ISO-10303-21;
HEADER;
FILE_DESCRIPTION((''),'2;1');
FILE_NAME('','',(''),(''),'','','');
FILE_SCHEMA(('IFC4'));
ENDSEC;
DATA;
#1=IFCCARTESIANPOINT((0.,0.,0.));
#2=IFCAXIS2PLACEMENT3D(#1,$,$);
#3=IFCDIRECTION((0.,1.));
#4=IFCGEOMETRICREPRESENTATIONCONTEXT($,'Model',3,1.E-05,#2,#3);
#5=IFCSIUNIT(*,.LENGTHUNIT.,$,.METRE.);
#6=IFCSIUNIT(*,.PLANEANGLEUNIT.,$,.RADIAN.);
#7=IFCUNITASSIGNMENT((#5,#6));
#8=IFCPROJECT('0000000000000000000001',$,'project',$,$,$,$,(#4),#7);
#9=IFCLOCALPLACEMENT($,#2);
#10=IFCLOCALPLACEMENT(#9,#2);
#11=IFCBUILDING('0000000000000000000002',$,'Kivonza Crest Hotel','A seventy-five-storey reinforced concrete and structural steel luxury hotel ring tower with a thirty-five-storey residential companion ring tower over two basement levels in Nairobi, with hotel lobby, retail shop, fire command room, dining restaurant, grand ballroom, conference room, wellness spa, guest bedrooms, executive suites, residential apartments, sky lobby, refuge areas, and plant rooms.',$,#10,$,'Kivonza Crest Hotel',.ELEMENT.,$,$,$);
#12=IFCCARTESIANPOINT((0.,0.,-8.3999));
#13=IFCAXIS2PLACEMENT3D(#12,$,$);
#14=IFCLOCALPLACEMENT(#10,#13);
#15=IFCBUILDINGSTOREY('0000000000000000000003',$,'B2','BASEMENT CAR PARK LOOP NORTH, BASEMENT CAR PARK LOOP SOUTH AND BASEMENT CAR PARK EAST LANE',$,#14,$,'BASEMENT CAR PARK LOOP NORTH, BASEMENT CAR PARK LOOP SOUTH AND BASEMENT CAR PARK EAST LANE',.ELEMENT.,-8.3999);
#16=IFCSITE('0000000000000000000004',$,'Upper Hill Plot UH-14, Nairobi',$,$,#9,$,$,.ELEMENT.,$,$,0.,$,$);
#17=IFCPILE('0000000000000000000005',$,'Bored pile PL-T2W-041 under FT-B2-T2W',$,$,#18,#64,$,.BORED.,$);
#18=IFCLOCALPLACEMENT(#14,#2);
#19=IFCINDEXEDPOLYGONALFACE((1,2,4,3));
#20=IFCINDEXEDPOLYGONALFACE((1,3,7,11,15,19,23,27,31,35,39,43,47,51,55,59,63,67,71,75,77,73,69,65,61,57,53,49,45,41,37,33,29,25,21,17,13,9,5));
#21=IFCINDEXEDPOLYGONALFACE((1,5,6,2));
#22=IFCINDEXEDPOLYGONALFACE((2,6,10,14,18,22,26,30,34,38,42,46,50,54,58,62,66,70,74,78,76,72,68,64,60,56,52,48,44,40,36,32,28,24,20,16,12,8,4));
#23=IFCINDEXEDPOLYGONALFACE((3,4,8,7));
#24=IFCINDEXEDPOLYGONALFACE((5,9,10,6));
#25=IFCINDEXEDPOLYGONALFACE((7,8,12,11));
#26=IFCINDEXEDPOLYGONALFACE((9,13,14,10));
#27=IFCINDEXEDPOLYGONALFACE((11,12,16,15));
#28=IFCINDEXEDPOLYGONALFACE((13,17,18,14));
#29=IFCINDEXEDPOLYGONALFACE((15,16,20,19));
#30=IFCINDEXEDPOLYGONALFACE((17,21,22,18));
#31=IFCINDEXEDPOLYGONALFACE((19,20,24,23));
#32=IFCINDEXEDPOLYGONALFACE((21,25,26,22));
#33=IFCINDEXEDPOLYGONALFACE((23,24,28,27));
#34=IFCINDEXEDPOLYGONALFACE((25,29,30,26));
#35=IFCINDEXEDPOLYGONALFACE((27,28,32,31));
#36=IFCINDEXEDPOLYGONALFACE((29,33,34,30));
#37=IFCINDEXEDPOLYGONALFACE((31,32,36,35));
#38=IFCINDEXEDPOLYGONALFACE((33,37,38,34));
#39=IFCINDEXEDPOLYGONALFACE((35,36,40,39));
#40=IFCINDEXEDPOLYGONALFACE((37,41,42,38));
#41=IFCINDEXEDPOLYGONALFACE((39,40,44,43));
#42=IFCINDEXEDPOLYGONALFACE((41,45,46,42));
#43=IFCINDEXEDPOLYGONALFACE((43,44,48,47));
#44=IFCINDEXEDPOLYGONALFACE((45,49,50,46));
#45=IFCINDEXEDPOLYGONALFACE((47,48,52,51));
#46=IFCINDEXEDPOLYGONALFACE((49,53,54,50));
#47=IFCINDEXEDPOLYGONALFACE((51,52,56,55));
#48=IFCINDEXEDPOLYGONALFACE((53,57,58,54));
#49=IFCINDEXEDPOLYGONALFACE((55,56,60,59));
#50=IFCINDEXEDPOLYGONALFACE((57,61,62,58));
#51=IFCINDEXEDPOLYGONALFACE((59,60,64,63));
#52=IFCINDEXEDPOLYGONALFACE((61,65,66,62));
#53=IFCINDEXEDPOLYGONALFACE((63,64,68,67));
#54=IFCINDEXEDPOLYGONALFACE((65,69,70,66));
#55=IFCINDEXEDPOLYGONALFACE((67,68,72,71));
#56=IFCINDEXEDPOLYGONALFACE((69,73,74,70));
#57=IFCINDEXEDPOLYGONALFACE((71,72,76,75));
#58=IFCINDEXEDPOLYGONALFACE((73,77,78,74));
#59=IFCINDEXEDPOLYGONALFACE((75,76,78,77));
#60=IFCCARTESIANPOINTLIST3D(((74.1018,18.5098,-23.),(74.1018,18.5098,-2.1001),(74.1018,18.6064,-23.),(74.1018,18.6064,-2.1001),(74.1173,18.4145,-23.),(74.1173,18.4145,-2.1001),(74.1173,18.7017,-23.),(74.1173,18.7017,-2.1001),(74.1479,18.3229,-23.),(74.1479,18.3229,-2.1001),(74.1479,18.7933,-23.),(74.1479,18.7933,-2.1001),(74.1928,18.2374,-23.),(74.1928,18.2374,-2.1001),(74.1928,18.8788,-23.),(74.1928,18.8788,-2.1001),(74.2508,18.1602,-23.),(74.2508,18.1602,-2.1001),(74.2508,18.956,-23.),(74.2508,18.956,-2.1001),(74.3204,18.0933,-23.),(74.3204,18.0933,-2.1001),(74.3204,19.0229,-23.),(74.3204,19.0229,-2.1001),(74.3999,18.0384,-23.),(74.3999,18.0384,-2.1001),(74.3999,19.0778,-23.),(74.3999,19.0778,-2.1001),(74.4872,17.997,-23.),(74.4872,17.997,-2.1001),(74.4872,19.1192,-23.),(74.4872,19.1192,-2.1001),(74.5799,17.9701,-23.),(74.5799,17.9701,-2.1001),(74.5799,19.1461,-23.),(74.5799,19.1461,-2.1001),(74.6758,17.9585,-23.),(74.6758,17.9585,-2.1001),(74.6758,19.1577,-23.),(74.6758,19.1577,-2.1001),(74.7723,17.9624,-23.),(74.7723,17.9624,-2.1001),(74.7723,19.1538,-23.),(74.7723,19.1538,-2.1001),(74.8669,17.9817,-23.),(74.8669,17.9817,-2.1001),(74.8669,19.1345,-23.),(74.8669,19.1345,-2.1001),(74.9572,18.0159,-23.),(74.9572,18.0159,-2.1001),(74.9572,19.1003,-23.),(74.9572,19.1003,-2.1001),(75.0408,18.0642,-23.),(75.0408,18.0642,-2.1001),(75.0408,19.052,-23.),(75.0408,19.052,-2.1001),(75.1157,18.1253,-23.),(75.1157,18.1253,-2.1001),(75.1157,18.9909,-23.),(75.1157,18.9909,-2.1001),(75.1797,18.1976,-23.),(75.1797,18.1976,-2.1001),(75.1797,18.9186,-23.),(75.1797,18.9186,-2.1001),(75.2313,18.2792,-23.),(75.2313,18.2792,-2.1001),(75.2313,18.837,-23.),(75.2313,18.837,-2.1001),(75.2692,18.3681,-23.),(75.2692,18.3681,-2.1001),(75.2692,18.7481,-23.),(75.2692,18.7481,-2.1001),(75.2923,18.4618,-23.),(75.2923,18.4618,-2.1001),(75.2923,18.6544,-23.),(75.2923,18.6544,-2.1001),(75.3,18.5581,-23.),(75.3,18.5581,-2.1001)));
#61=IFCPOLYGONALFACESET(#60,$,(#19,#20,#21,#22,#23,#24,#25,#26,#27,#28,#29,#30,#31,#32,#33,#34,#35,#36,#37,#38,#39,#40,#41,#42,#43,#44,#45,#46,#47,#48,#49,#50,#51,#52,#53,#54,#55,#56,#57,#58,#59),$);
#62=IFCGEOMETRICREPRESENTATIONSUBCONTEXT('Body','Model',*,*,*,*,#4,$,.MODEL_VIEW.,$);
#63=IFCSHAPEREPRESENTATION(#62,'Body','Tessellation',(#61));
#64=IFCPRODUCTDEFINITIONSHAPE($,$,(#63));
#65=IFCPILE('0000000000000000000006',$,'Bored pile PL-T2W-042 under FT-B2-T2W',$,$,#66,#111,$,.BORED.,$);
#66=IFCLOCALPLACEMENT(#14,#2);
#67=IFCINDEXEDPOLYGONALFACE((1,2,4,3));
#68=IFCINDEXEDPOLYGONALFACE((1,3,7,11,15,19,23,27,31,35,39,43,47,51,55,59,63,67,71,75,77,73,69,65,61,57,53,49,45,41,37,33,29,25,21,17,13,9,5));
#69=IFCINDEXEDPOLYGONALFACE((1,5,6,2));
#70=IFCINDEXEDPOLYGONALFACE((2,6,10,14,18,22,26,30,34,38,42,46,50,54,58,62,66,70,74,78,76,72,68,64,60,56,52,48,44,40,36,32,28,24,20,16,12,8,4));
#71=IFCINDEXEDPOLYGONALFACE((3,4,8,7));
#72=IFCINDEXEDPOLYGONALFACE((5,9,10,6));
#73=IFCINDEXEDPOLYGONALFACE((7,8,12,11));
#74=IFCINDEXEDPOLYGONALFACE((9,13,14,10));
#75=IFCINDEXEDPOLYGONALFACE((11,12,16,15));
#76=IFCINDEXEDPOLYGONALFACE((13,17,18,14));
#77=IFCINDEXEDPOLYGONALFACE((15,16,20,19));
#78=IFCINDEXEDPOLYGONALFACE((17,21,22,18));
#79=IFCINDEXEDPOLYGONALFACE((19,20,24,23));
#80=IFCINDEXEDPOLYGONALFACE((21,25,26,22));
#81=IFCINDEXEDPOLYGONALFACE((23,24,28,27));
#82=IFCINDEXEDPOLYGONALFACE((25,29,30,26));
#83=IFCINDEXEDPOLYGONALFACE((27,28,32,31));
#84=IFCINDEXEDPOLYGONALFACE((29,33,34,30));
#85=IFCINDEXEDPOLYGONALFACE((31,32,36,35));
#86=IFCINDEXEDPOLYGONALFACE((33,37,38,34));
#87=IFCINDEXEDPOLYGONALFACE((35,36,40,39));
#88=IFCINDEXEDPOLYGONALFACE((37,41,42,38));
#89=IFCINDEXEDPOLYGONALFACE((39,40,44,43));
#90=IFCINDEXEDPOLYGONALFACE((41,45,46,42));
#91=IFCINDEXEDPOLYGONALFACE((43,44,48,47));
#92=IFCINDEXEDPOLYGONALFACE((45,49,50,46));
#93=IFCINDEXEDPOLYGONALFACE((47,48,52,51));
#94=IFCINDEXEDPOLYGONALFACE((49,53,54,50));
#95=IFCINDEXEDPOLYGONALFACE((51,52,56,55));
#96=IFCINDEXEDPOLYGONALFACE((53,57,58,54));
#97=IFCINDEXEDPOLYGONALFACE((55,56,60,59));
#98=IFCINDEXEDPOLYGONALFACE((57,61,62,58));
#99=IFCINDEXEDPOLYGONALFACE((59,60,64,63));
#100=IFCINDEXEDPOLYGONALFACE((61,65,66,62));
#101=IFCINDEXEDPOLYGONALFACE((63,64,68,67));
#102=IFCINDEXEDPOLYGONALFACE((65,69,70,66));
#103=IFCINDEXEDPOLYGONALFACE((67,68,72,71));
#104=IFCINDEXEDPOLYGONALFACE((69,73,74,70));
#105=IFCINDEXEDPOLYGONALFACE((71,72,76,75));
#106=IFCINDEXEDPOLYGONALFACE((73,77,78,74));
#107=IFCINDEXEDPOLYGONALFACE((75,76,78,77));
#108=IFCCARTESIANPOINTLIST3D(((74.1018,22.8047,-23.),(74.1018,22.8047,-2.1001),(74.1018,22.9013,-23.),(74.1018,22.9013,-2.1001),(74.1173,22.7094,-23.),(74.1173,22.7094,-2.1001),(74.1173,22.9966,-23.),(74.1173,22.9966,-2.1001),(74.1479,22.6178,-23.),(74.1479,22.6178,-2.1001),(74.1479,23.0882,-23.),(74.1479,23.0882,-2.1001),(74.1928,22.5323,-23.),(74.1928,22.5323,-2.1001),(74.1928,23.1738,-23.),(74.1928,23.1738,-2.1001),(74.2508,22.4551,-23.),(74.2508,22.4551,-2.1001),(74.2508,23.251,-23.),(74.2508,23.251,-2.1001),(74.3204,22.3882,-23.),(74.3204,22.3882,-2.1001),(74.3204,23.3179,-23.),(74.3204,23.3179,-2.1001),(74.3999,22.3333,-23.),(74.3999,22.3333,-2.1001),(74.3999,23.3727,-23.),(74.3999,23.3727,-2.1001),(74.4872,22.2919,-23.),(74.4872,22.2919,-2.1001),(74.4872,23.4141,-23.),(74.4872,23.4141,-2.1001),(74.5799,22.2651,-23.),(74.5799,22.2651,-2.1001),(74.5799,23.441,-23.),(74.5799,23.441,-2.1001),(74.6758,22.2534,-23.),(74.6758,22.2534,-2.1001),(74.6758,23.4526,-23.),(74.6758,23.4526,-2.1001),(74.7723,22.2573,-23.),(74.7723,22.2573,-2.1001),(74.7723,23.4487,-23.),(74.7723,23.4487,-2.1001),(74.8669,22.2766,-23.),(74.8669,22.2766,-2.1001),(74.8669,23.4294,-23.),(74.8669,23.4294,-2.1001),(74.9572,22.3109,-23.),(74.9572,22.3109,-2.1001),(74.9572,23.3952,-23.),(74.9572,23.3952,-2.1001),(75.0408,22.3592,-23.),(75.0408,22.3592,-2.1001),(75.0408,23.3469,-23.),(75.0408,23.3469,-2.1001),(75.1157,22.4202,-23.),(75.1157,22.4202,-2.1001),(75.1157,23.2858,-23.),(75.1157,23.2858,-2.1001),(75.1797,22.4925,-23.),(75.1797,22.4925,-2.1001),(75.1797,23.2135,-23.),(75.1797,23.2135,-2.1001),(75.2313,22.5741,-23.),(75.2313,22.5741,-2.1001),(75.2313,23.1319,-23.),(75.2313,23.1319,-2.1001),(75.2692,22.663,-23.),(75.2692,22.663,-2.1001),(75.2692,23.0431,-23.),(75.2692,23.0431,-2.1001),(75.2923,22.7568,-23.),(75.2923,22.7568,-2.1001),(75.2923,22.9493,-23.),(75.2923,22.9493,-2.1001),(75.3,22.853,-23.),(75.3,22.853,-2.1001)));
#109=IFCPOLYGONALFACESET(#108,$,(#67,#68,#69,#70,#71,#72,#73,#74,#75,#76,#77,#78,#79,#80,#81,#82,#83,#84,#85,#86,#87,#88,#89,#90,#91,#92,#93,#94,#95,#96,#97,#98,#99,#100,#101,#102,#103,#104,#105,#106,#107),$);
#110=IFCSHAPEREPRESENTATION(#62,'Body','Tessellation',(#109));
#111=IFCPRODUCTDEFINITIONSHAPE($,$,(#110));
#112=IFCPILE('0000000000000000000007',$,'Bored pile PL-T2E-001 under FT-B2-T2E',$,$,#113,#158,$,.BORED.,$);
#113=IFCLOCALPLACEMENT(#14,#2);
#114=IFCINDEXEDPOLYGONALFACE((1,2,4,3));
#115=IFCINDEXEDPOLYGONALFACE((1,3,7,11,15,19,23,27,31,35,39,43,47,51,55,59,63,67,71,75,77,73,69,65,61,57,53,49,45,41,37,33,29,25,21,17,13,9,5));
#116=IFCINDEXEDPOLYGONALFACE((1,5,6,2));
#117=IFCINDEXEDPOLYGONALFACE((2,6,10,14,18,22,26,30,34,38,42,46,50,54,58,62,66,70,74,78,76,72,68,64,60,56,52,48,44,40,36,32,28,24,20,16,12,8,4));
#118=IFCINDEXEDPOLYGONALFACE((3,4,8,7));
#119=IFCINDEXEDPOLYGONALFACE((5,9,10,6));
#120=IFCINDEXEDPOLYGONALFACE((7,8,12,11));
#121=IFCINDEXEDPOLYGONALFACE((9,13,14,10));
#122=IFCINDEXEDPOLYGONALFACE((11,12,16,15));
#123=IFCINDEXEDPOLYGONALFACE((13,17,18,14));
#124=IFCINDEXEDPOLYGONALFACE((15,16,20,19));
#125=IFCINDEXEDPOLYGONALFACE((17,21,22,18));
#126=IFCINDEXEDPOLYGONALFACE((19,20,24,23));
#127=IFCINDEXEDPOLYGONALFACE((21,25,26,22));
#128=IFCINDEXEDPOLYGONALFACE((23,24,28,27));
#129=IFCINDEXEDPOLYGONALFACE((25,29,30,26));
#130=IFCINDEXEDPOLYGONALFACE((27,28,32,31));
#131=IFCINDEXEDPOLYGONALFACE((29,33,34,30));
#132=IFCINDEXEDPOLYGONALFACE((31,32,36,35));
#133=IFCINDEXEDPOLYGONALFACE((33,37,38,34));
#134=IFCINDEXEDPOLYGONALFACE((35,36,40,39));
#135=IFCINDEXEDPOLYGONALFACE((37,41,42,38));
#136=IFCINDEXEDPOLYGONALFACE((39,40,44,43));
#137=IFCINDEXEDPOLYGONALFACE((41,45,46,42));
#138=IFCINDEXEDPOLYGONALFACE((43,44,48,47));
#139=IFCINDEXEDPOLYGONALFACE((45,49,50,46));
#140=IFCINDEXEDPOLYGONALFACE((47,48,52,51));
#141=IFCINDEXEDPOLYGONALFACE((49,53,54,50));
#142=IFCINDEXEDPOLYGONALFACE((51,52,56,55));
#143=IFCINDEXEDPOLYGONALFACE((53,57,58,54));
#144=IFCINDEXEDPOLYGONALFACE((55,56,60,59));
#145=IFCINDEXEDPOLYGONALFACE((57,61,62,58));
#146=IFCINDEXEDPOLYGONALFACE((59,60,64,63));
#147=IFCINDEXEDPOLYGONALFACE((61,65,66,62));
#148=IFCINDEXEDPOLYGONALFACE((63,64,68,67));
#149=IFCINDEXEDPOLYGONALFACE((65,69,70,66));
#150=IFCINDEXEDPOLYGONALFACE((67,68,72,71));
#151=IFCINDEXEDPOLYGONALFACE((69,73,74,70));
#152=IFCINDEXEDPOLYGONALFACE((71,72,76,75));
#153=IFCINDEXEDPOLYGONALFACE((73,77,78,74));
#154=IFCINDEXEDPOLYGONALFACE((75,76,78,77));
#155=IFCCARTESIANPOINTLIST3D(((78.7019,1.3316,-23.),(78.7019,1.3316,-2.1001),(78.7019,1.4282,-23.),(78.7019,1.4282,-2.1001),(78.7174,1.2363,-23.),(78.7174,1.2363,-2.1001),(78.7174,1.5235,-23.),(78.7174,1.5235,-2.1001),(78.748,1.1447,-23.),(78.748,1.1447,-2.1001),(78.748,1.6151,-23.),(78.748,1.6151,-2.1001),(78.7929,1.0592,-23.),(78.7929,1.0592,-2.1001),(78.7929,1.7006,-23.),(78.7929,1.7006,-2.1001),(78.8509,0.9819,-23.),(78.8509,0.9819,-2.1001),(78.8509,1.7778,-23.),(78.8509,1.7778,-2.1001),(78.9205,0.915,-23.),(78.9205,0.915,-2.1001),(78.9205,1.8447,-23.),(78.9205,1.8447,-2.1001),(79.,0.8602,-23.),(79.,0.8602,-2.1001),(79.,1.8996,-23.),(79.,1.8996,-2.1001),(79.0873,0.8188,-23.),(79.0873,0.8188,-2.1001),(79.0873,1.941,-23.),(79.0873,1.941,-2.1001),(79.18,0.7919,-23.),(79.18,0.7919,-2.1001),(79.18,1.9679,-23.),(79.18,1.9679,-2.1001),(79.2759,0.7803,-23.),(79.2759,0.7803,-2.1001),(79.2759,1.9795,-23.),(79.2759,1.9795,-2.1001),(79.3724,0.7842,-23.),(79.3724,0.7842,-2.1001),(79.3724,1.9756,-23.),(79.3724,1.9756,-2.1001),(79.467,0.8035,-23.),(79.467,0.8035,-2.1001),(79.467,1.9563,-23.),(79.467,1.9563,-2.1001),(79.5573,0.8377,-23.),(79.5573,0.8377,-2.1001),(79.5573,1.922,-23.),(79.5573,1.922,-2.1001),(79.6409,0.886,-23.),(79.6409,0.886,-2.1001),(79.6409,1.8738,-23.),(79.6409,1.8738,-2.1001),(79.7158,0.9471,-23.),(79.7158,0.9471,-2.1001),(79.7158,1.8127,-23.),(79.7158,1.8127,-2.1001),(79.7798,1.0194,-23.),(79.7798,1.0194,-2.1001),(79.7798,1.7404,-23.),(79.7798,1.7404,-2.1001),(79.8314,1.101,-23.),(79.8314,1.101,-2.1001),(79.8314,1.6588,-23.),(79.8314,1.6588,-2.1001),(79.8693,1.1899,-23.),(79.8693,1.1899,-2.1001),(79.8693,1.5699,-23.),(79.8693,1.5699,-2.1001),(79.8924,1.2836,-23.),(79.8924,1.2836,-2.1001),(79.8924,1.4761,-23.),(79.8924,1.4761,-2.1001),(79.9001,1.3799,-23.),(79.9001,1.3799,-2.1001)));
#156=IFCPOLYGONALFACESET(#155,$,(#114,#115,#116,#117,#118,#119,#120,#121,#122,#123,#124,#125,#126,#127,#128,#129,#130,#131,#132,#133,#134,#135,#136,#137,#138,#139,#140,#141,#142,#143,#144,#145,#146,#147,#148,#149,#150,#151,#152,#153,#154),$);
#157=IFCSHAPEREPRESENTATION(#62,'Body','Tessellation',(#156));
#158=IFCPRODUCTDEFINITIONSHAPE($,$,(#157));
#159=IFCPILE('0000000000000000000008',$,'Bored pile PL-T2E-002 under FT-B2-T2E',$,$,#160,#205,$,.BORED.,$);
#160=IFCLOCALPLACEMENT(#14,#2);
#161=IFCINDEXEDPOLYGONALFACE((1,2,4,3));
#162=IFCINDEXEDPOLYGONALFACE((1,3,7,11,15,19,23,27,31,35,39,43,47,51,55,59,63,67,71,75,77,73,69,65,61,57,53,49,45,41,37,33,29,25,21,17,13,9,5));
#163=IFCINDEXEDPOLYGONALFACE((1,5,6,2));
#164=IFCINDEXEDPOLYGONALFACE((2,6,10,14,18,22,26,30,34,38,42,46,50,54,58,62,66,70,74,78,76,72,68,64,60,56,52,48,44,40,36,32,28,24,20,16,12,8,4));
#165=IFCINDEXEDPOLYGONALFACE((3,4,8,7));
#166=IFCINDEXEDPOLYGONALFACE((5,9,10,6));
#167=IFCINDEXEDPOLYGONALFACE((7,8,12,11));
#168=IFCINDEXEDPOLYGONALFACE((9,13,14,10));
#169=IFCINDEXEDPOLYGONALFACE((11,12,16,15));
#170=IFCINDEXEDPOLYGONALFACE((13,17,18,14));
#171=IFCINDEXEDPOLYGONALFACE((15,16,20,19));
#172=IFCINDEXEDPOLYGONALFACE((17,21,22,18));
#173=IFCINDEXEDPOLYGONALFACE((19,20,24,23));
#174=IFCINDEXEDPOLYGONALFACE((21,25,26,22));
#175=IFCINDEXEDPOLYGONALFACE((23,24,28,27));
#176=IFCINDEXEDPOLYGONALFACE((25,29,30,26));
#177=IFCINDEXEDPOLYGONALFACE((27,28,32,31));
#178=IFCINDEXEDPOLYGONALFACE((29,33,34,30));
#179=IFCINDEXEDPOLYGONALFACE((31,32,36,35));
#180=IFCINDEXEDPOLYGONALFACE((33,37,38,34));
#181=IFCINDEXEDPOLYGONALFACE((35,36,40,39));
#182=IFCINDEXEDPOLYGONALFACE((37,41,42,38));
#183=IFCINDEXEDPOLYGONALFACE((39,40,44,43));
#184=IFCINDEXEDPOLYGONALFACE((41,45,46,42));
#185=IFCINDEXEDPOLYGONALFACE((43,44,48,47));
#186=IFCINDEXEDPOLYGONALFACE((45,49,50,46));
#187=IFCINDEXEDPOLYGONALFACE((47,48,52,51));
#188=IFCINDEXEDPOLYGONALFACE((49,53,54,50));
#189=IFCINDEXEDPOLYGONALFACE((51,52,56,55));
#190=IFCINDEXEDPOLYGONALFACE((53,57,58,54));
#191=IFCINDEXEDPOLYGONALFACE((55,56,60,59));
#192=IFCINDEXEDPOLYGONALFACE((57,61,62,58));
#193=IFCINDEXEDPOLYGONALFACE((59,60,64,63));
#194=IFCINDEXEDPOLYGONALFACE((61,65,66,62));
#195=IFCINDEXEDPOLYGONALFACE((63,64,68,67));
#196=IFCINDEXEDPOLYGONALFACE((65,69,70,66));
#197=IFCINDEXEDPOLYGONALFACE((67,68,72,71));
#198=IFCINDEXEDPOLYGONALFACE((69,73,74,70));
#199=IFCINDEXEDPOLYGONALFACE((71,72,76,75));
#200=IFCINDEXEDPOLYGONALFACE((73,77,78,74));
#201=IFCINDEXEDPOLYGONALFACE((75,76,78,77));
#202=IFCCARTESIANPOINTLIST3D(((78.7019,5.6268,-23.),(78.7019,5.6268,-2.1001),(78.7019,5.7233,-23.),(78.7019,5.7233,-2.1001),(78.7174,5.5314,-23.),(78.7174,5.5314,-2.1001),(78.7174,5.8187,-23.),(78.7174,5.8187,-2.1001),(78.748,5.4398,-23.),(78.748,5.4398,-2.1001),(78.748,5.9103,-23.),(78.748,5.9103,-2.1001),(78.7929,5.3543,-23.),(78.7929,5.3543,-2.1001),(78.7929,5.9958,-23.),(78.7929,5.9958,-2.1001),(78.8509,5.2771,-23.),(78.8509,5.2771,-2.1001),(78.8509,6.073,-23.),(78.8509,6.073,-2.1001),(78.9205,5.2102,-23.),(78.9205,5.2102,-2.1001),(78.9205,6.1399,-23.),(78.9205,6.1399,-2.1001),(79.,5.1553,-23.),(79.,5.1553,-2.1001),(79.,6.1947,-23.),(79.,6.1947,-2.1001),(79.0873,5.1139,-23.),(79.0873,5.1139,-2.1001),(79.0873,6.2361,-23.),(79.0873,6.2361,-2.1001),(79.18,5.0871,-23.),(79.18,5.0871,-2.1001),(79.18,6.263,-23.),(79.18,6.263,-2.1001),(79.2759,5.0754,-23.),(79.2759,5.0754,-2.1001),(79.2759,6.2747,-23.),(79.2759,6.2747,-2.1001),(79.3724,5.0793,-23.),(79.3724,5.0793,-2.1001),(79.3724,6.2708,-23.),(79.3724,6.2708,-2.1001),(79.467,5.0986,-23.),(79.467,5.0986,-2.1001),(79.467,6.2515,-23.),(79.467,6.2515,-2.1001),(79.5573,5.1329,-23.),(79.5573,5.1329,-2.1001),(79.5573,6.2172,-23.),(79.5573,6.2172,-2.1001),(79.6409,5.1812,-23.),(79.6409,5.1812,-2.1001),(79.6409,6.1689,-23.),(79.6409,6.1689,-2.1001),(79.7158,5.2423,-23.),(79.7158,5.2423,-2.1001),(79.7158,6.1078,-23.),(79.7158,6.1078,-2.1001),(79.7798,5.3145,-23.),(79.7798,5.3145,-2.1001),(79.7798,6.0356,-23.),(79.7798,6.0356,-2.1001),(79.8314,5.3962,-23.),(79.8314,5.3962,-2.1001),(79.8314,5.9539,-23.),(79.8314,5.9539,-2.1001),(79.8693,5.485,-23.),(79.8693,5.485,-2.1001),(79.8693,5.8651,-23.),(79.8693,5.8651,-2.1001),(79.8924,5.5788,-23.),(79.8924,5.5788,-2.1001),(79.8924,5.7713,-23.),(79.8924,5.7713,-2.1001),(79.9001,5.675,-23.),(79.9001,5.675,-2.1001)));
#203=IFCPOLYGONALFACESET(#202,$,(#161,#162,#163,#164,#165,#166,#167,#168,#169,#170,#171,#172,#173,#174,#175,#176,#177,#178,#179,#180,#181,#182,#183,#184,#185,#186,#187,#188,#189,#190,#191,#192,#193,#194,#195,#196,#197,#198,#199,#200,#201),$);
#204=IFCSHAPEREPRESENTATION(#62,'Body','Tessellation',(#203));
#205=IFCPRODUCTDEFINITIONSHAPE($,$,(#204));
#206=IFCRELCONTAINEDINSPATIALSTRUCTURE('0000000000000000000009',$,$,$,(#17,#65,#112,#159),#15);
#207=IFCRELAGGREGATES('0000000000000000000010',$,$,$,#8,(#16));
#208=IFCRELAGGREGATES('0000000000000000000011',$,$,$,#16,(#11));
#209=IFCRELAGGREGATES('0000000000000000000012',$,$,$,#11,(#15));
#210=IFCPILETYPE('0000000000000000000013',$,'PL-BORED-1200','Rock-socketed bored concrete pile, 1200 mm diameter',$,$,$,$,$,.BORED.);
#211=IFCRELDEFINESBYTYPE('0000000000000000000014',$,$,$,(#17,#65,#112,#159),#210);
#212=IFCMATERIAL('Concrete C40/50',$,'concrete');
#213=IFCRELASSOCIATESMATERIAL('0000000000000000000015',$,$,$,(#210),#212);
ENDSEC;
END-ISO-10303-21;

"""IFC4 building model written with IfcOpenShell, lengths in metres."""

from ifc_helpers import new_model, si_unit, direction, frame, origin, origin_2d, place, context, subcontext, project, spatial, circle, extrude, material, material_profile, profile_set, type_object, element, save


model = new_model("IFC4")

# Units and contexts
model_context = context("Model", 3, precision=1e-05, world=origin(), true_north=direction((0.0, 1.0)))
body_context = subcontext(model_context, "Body", "Model", "MODEL_VIEW")
ifc_project = project(units=[si_unit("LENGTHUNIT", "METRE"), si_unit("PLANEANGLEUNIT", "RADIAN")], contexts=[model_context])

# Site, building, storey
site_placement = place(None, origin())
site = spatial("IfcSite", under=ifc_project, at=site_placement, Name="Upper Hill Plot UH-14, Nairobi", CompositionType="ELEMENT", RefElevation=0.0)
building_placement = place(site_placement, origin())
building = spatial("IfcBuilding", under=site, at=building_placement, Name="Kivonza Crest Hotel", Description="A seventy-five-storey reinforced concrete and structural steel luxury hotel ring tower with a thirty-five-storey residential companion ring tower over two basement levels in Nairobi, with hotel lobby, retail shop, fire command room, dining restaurant, grand ballroom, conference room, wellness spa, guest bedrooms, executive suites, residential apartments, sky lobby, refuge areas, and plant rooms.", LongName="Kivonza Crest Hotel", CompositionType="ELEMENT")
storey_placement = place(building_placement, frame((0.0, 0.0, -8.3999)))
storey = spatial("IfcBuildingStorey", under=building, at=storey_placement, Name="B2", Description="BASEMENT CAR PARK LOOP NORTH, BASEMENT CAR PARK LOOP SOUTH AND BASEMENT CAR PARK EAST LANE", LongName="BASEMENT CAR PARK LOOP NORTH, BASEMENT CAR PARK LOOP SOUTH AND BASEMENT CAR PARK EAST LANE", CompositionType="ELEMENT", Elevation=-8.3999)

# Piles
ifc_material_1 = material(Name="Concrete C40/50", Category="concrete")
ifc_material_profile_1 = material_profile(ifc_material_1, circle(Radius=0.6001, at=origin_2d()), Name="PILE D1200")
ifc_profile_set_1 = profile_set([ifc_material_profile_1], Name="Concrete C40/50")
pile_type = type_object("IfcPileType", Name="PL-BORED-1200", Description="Rock-socketed bored concrete pile, 1200 mm diameter", PredefinedType="BORED", material=ifc_profile_set_1)
for number, where, z_axis, x_axis, name in (
    (1, (74.7, 18.5581, -2.1001), (0.0, 0.0, -1.0), (1.0, 0.0, 0.0), "Bored pile PL-T2W-041 under FT-B2-T2W"),
    (2, (74.7, 22.853, -2.1001), (0.0, 0.0, -1.0), (1.0, 0.0, 0.0), "Bored pile PL-T2W-042 under FT-B2-T2W"),
    (3, (79.3, 1.3799, -2.1001), (0.0, 0.0, -1.0), (1.0, 0.0, 0.0), "Bored pile PL-T2E-001 under FT-B2-T2E"),
    (4, (79.3, 5.675, -2.1001), (0.0, 0.0, -1.0), (1.0, 0.0, 0.0), "Bored pile PL-T2E-002 under FT-B2-T2E"),
):
    element("IfcPile", number, at=place(storey_placement, frame(where, z_axis=z_axis, x_axis=x_axis)), inside=storey, type_object=pile_type, Name=name, PredefinedType="BORED", context=body_context, shape_type="SweptSolid", body=[
        extrude(circle(Radius=0.6001, at=origin_2d()), origin(), (0.0, 0.0, 1.0), 20.8999),
    ])

save(model, "model.ifc")
